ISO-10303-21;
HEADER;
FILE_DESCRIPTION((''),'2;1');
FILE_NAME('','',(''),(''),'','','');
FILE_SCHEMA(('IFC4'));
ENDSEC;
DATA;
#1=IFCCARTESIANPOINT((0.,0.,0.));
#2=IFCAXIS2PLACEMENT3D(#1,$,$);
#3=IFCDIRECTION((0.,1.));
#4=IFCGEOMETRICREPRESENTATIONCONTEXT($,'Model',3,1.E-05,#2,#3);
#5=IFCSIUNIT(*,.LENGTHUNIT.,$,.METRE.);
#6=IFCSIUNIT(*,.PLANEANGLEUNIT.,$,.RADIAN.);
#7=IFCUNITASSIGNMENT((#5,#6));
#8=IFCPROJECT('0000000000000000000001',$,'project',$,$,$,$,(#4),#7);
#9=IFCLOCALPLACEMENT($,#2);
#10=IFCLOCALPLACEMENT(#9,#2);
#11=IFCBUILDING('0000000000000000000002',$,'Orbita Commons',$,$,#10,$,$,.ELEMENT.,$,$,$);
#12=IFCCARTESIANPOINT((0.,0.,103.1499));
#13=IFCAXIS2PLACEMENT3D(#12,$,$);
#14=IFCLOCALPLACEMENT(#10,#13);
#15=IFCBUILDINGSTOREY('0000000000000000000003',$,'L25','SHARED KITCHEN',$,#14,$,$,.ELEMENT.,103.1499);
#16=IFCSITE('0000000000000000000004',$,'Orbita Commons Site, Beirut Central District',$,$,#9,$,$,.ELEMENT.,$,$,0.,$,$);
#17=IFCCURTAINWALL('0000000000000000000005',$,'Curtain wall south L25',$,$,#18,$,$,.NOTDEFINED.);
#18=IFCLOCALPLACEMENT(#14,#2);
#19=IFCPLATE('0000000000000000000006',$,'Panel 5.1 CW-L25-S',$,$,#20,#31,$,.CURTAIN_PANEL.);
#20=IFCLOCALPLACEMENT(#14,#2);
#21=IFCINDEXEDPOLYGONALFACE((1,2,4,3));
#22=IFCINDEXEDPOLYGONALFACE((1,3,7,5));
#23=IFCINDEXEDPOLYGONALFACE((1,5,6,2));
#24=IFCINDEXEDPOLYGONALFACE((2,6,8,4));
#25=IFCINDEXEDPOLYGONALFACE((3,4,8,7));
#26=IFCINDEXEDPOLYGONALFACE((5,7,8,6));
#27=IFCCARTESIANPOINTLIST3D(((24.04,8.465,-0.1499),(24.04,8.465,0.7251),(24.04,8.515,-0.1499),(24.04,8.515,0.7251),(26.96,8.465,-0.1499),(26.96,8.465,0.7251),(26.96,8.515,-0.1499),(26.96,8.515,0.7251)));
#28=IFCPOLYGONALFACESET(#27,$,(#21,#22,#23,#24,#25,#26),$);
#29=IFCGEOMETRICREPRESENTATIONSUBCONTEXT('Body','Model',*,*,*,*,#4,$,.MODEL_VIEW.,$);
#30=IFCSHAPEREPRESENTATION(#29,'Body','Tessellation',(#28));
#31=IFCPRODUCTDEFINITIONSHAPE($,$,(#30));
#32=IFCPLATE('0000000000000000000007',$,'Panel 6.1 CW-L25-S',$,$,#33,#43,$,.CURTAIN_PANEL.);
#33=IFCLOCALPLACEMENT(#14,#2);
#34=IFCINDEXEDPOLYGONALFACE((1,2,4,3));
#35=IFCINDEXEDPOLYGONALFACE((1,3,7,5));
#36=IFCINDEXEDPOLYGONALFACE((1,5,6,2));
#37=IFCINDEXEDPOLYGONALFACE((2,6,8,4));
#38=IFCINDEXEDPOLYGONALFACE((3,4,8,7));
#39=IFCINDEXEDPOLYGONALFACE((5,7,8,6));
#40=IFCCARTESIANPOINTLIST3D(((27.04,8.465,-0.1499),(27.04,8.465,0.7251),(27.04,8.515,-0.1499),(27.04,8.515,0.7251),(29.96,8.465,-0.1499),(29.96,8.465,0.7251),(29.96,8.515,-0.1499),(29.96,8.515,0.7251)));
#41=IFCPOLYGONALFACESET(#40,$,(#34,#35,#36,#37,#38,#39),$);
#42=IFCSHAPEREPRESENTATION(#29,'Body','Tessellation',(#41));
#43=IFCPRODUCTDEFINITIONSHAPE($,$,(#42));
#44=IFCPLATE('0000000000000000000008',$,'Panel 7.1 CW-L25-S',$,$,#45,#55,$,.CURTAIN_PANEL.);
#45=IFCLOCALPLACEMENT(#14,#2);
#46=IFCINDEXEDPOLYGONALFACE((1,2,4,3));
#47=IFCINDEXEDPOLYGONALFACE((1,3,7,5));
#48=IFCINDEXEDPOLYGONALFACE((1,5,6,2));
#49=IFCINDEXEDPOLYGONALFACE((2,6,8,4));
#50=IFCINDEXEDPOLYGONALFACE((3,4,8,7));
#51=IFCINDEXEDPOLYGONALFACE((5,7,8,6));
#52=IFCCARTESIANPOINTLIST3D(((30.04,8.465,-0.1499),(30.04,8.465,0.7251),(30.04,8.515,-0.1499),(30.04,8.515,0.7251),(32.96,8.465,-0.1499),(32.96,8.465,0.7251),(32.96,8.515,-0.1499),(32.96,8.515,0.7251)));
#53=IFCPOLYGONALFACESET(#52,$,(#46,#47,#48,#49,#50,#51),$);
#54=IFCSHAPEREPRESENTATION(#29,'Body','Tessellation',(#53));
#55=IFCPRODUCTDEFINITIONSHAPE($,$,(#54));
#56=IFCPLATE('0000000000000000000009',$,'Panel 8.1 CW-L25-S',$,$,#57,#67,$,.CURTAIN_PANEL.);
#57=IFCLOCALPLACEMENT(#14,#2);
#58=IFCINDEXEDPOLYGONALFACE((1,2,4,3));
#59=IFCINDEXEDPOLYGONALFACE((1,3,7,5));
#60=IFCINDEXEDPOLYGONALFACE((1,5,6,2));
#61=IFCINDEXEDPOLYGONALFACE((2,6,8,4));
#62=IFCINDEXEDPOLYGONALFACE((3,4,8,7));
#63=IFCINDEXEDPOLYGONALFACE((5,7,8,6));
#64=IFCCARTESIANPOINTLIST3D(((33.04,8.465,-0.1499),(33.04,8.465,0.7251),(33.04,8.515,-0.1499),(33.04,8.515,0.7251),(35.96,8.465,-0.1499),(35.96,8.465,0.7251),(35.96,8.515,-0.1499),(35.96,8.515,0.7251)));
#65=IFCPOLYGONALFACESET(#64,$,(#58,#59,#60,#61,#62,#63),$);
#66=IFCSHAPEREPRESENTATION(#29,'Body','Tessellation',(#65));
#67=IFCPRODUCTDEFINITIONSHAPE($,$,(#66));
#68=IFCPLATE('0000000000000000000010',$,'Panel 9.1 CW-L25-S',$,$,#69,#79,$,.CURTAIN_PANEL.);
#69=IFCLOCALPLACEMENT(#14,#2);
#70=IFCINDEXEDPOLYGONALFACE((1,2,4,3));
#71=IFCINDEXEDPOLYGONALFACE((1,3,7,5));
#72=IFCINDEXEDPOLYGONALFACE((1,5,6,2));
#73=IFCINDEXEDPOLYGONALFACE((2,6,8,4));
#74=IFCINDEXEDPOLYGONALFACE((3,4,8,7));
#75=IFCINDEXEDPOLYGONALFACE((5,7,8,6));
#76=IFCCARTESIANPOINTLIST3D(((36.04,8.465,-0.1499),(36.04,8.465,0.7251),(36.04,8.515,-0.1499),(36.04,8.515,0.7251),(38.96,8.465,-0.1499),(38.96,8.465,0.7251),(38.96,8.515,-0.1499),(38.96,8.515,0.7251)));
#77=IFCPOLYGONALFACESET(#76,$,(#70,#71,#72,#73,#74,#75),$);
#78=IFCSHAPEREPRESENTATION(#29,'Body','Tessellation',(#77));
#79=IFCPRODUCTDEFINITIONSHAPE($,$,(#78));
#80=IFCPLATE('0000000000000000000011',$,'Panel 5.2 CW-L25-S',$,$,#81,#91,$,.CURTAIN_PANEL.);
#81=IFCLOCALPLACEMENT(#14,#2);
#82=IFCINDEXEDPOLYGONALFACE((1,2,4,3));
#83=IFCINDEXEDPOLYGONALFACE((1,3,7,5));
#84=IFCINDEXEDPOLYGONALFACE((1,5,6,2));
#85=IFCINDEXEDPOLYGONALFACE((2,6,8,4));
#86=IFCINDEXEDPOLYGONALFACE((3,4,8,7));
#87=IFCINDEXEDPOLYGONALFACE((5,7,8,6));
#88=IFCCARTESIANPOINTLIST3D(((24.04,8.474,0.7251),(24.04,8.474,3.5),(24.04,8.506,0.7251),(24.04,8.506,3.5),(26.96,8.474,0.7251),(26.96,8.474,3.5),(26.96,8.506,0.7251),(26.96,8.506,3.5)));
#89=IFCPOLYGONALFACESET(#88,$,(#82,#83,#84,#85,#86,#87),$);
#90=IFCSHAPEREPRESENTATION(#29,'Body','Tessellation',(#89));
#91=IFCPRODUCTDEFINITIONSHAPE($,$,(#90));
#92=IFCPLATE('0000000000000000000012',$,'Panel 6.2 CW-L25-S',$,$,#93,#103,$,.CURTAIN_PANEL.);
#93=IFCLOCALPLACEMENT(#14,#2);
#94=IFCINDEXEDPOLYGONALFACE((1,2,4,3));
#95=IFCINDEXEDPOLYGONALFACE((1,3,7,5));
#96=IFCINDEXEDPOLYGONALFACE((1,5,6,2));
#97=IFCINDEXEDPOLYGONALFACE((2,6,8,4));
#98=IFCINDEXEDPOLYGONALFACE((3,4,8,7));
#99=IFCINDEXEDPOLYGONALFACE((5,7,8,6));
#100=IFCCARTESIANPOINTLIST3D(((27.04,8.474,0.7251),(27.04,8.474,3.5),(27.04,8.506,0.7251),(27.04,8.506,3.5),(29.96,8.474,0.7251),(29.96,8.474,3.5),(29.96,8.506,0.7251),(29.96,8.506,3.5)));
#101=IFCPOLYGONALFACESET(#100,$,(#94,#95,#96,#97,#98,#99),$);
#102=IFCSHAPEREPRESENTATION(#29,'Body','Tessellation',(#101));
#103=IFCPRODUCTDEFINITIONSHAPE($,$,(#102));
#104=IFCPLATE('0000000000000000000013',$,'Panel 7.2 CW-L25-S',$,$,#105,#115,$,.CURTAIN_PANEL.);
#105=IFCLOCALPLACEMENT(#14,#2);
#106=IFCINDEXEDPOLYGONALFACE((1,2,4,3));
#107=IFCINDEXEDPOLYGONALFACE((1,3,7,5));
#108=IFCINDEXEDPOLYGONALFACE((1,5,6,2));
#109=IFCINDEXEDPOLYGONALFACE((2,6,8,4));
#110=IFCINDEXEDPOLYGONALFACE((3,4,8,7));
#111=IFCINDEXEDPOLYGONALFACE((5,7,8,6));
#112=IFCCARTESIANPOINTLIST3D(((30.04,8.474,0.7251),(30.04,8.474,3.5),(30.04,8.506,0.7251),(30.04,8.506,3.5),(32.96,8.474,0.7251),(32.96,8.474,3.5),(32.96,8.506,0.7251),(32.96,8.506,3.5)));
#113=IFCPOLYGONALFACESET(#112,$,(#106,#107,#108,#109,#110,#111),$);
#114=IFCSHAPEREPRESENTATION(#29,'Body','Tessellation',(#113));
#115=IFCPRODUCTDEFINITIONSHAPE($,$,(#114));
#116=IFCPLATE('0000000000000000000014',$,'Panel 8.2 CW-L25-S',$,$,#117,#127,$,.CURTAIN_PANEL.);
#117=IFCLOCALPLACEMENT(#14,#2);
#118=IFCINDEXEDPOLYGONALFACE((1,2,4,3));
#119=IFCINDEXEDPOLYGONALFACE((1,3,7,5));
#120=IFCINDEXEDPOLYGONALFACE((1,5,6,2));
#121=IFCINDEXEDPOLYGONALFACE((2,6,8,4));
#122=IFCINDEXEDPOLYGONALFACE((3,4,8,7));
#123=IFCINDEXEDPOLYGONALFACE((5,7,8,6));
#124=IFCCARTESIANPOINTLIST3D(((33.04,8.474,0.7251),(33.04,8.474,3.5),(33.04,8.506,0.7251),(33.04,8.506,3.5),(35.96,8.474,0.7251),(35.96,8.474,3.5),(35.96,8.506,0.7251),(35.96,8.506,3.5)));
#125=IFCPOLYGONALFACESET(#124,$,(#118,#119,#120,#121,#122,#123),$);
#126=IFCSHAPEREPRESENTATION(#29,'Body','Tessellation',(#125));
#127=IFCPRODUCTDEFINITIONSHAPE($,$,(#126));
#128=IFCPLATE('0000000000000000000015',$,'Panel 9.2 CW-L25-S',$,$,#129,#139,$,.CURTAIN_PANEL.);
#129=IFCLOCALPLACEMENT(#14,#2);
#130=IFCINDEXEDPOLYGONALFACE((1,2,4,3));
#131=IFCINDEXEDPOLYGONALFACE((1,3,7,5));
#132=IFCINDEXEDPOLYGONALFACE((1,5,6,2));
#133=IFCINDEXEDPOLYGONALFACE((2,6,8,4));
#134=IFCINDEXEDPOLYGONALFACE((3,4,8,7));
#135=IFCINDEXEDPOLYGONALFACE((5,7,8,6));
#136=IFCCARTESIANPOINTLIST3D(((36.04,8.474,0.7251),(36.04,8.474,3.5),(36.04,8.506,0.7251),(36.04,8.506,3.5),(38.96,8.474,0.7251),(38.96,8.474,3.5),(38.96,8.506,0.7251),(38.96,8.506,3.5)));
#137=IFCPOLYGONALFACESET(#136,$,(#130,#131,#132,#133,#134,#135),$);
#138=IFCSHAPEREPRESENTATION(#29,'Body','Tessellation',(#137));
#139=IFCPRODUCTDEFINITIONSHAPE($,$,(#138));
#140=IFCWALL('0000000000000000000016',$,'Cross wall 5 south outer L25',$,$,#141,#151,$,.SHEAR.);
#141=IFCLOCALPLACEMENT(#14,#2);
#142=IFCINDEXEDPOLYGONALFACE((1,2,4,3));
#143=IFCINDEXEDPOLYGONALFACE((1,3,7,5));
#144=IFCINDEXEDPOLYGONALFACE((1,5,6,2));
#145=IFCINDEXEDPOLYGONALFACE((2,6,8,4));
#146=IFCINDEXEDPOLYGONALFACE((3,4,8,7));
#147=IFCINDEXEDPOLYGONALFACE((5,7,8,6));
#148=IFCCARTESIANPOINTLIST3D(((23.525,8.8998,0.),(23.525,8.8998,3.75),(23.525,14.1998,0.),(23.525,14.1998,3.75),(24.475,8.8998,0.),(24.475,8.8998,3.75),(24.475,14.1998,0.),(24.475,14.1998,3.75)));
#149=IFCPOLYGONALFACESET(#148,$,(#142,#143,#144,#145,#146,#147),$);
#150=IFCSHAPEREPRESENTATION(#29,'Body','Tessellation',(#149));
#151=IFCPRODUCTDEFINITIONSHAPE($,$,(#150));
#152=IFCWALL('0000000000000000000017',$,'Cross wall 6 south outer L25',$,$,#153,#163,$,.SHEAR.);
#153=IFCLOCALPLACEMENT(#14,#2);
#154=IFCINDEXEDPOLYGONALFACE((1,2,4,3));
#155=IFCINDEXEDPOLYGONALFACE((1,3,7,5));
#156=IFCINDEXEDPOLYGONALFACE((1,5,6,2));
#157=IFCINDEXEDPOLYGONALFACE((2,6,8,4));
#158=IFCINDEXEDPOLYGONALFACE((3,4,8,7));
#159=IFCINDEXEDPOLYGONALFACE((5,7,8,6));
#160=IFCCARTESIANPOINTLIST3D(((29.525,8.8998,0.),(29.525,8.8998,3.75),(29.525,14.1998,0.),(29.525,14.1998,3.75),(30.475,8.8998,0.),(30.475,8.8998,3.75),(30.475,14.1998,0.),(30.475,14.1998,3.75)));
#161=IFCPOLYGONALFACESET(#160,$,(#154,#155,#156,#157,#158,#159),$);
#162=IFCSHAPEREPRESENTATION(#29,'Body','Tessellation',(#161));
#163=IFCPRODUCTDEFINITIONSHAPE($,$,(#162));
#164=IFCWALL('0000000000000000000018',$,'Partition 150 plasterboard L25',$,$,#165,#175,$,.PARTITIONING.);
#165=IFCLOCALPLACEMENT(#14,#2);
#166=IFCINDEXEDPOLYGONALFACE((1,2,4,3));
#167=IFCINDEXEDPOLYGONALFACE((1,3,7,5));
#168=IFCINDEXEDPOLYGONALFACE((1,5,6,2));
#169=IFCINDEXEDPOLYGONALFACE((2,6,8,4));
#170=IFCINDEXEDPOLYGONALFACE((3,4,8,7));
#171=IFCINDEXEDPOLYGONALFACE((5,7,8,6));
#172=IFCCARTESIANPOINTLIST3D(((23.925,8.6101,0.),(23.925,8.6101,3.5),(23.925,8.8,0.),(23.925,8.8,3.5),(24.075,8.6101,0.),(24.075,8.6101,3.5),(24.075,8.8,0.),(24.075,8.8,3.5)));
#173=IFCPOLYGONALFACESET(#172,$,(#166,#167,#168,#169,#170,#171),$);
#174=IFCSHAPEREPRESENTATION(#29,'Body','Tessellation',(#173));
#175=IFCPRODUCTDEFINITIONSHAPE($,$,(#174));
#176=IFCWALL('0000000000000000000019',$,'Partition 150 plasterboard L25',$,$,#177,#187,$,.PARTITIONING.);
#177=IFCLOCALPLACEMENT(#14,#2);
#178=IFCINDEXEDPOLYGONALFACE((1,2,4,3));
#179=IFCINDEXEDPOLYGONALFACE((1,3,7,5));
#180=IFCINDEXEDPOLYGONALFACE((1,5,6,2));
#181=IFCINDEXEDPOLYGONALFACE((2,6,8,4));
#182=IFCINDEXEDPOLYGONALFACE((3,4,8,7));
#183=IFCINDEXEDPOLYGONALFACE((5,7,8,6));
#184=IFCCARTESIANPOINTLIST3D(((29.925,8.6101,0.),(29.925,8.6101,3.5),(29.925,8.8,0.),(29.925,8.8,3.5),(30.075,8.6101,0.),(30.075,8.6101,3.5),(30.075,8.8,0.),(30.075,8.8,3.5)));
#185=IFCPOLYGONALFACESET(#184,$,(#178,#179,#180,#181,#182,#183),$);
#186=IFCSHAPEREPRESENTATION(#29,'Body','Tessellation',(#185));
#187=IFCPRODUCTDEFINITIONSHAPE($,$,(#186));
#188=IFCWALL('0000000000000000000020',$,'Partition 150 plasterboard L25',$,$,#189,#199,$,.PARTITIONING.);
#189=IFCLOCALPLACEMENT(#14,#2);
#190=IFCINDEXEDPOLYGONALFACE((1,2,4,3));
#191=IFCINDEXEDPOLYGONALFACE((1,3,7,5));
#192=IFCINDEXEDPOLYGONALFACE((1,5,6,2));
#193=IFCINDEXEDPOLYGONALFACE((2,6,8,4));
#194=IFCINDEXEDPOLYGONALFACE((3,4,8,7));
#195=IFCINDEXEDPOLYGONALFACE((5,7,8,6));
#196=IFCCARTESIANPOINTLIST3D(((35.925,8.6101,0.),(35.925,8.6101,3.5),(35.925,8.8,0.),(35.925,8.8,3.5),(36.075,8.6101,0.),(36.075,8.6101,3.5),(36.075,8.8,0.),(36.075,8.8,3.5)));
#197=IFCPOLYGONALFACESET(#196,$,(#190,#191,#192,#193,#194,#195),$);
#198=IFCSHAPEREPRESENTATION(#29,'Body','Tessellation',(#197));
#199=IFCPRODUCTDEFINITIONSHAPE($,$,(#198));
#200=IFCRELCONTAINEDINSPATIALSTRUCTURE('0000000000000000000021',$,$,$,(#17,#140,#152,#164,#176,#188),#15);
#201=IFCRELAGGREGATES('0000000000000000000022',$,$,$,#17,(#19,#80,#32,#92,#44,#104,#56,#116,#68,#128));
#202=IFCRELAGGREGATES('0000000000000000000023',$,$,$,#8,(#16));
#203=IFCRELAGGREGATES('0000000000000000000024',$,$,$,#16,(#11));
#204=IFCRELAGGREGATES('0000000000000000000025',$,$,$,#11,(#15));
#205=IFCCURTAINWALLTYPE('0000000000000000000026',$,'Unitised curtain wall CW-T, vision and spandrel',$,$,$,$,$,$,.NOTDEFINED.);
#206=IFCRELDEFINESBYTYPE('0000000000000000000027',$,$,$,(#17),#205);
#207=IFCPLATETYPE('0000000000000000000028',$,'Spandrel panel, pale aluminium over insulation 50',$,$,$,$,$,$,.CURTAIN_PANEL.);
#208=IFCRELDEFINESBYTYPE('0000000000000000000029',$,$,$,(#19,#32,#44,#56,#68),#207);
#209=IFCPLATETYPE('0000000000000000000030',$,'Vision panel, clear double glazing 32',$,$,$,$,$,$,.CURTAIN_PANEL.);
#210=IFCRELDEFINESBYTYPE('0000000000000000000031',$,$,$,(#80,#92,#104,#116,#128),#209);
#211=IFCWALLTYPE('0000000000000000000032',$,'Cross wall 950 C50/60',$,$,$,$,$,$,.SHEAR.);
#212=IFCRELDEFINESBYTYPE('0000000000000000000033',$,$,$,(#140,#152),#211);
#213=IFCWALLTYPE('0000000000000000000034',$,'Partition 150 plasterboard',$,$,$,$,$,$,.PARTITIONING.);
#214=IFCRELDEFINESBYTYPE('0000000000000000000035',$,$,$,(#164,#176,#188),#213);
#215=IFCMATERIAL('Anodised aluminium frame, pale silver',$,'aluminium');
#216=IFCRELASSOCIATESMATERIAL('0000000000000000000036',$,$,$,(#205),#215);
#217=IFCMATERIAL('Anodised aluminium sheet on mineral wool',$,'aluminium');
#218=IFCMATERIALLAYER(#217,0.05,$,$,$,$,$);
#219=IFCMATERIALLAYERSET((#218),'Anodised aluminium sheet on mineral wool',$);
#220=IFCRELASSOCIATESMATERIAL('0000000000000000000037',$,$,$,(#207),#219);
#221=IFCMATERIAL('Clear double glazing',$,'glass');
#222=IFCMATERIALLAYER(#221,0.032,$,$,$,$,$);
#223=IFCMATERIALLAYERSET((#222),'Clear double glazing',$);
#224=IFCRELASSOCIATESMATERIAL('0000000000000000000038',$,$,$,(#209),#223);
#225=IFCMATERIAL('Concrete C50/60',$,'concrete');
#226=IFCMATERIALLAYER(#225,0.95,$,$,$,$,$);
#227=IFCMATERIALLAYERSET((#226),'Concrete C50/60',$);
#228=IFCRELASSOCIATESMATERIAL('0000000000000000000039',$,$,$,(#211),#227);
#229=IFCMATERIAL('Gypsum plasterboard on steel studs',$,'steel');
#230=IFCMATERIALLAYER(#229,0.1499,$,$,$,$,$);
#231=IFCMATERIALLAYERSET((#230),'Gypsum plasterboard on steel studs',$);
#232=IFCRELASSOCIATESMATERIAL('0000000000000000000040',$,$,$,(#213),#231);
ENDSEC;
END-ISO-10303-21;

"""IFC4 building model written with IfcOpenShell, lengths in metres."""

from ifc_helpers import new_model, si_unit, direction, frame, frame_2d, origin, origin_2d, place, context, subcontext, project, spatial, rectangle, extrude, material, layer, layer_set, type_object, element, aggregate, save


model = new_model("IFC4")

# Units and contexts
model_context = context("Model", 3, precision=1e-05, world=origin(), true_north=direction((0.0, 1.0)))
body_context = subcontext(model_context, "Body", "Model", "MODEL_VIEW")
ifc_project = project(units=[si_unit("LENGTHUNIT", "METRE"), si_unit("PLANEANGLEUNIT", "RADIAN")], contexts=[model_context])

# Site, building, storey
site_placement = place(None, origin())
site = spatial("IfcSite", under=ifc_project, at=site_placement, Name="Orbita Commons Site, Beirut Central District", CompositionType="ELEMENT", RefElevation=0.0)
building_placement = place(site_placement, origin())
building = spatial("IfcBuilding", under=site, at=building_placement, Name="Orbita Commons", CompositionType="ELEMENT")
storey_placement = place(building_placement, frame((0.0, 0.0, 103.1499)))
storey = spatial("IfcBuildingStorey", under=building, at=storey_placement, Name="L25", Description="SHARED KITCHEN", CompositionType="ELEMENT", Elevation=103.1499)

# Curtain wall, plates
ifc_material_1 = material(Name="Anodised aluminium frame, pale silver", Category="aluminium")
curtain_wall_type = type_object("IfcCurtainWallType", Name="Unitised curtain wall CW-T, vision and spandrel", PredefinedType="NOTDEFINED", material=ifc_material_1)
curtain_wall_placement = place(storey_placement, origin())
curtain_wall = element("IfcCurtainWall", 1, at=curtain_wall_placement, inside=storey, type_object=curtain_wall_type, Name="Curtain wall south L25", PredefinedType="NOTDEFINED")
ifc_material_2 = material(Name="Anodised aluminium sheet on mineral wool", Category="aluminium")
ifc_layer_1 = layer(ifc_material_2, 0.05)
ifc_layer_set_1 = layer_set([ifc_layer_1], Name="Anodised aluminium sheet on mineral wool")
plate_type_1 = type_object("IfcPlateType", Name="Spandrel panel, pale aluminium over insulation 50", PredefinedType="CURTAIN_PANEL", material=ifc_layer_set_1)
plate_1_placement = place(storey_placement, frame((25.5, 8.49, -0.1499), z_axis=(0.0, 0.0, 1.0), x_axis=(1.0, 0.0, 0.0)))
plate_1 = element("IfcPlate", 2, at=plate_1_placement, type_object=plate_type_1, Name="Panel 5.1 CW-L25-S", PredefinedType="CURTAIN_PANEL", context=body_context, shape_type="SweptSolid", body=[
    extrude(rectangle(XDim=2.9199, YDim=0.05, at=origin_2d()), origin(), (0.0, 0.0, 1.0), 0.875),
])
plate_2_placement = place(storey_placement, frame((28.5, 8.49, -0.1499), z_axis=(0.0, 0.0, 1.0), x_axis=(1.0, 0.0, 0.0)))
plate_2 = element("IfcPlate", 3, at=plate_2_placement, type_object=plate_type_1, Name="Panel 6.1 CW-L25-S", PredefinedType="CURTAIN_PANEL", context=body_context, shape_type="SweptSolid", body=[
    extrude(rectangle(XDim=2.9199, YDim=0.05, at=origin_2d()), origin(), (0.0, 0.0, 1.0), 0.875),
])
plate_3_placement = place(storey_placement, frame((31.5, 8.49, -0.1499), z_axis=(0.0, 0.0, 1.0), x_axis=(1.0, 0.0, 0.0)))
plate_3 = element("IfcPlate", 4, at=plate_3_placement, type_object=plate_type_1, Name="Panel 7.1 CW-L25-S", PredefinedType="CURTAIN_PANEL", context=body_context, shape_type="SweptSolid", body=[
    extrude(rectangle(XDim=2.9199, YDim=0.05, at=origin_2d()), origin(), (0.0, 0.0, 1.0), 0.875),
])
plate_4_placement = place(storey_placement, frame((34.5, 8.49, -0.1499), z_axis=(0.0, 0.0, 1.0), x_axis=(1.0, 0.0, 0.0)))
plate_4 = element("IfcPlate", 5, at=plate_4_placement, type_object=plate_type_1, Name="Panel 8.1 CW-L25-S", PredefinedType="CURTAIN_PANEL", context=body_context, shape_type="SweptSolid", body=[
    extrude(rectangle(XDim=2.9199, YDim=0.05, at=origin_2d()), origin(), (0.0, 0.0, 1.0), 0.875),
])
plate_5_placement = place(storey_placement, frame((37.5, 8.49, -0.1499), z_axis=(0.0, 0.0, 1.0), x_axis=(1.0, 0.0, 0.0)))
plate_5 = element("IfcPlate", 6, at=plate_5_placement, type_object=plate_type_1, Name="Panel 9.1 CW-L25-S", PredefinedType="CURTAIN_PANEL", context=body_context, shape_type="SweptSolid", body=[
    extrude(rectangle(XDim=2.9199, YDim=0.05, at=origin_2d()), origin(), (0.0, 0.0, 1.0), 0.875),
])
ifc_material_3 = material(Name="Clear double glazing", Category="glass")
ifc_layer_2 = layer(ifc_material_3, 0.032)
ifc_layer_set_2 = layer_set([ifc_layer_2], Name="Clear double glazing")
plate_type_2 = type_object("IfcPlateType", Name="Vision panel, clear double glazing 32", PredefinedType="CURTAIN_PANEL", material=ifc_layer_set_2)
plate_6_placement = place(storey_placement, frame((25.5, 8.49, 0.7251), z_axis=(0.0, 0.0, 1.0), x_axis=(1.0, 0.0, 0.0)))
plate_6 = element("IfcPlate", 7, at=plate_6_placement, type_object=plate_type_2, Name="Panel 5.2 CW-L25-S", PredefinedType="CURTAIN_PANEL", context=body_context, shape_type="SweptSolid", body=[
    extrude(rectangle(XDim=2.9199, YDim=0.032, at=origin_2d()), origin(), (0.0, 0.0, 1.0), 2.7749),
])
plate_7_placement = place(storey_placement, frame((28.5, 8.49, 0.7251), z_axis=(0.0, 0.0, 1.0), x_axis=(1.0, 0.0, 0.0)))
plate_7 = element("IfcPlate", 8, at=plate_7_placement, type_object=plate_type_2, Name="Panel 6.2 CW-L25-S", PredefinedType="CURTAIN_PANEL", context=body_context, shape_type="SweptSolid", body=[
    extrude(rectangle(XDim=2.9199, YDim=0.032, at=origin_2d()), origin(), (0.0, 0.0, 1.0), 2.7749),
])
plate_8_placement = place(storey_placement, frame((31.5, 8.49, 0.7251), z_axis=(0.0, 0.0, 1.0), x_axis=(1.0, 0.0, 0.0)))
plate_8 = element("IfcPlate", 9, at=plate_8_placement, type_object=plate_type_2, Name="Panel 7.2 CW-L25-S", PredefinedType="CURTAIN_PANEL", context=body_context, shape_type="SweptSolid", body=[
    extrude(rectangle(XDim=2.9199, YDim=0.032, at=origin_2d()), origin(), (0.0, 0.0, 1.0), 2.7749),
])
plate_9_placement = place(storey_placement, frame((34.5, 8.49, 0.7251), z_axis=(0.0, 0.0, 1.0), x_axis=(1.0, 0.0, 0.0)))
plate_9 = element("IfcPlate", 10, at=plate_9_placement, type_object=plate_type_2, Name="Panel 8.2 CW-L25-S", PredefinedType="CURTAIN_PANEL", context=body_context, shape_type="SweptSolid", body=[
    extrude(rectangle(XDim=2.9199, YDim=0.032, at=origin_2d()), origin(), (0.0, 0.0, 1.0), 2.7749),
])
plate_10_placement = place(storey_placement, frame((37.5, 8.49, 0.7251), z_axis=(0.0, 0.0, 1.0), x_axis=(1.0, 0.0, 0.0)))
plate_10 = element("IfcPlate", 11, at=plate_10_placement, type_object=plate_type_2, Name="Panel 9.2 CW-L25-S", PredefinedType="CURTAIN_PANEL", context=body_context, shape_type="SweptSolid", body=[
    extrude(rectangle(XDim=2.9199, YDim=0.032, at=origin_2d()), origin(), (0.0, 0.0, 1.0), 2.7749),
])
aggregate(curtain_wall, [plate_1, plate_6, plate_2, plate_7, plate_3, plate_8, plate_4, plate_9, plate_5, plate_10])

# Walls
ifc_material_4 = material(Name="Concrete C50/60", Category="concrete")
ifc_layer_3 = layer(ifc_material_4, 0.95)
ifc_layer_set_3 = layer_set([ifc_layer_3], Name="Concrete C50/60")
wall_type_1 = type_object("IfcWallType", Name="Cross wall 950 C50/60", PredefinedType="SHEAR", material=ifc_layer_set_3)
for number, where, z_axis, x_axis, name in (
    (12, (24.0, 8.8999, 0.0), (0.0, 0.0, 1.0), (0.0, 1.0, 0.0), "Cross wall 5 south outer L25"),
    (13, (30.0, 8.8999, 0.0), (0.0, 0.0, 1.0), (0.0, 1.0, 0.0), "Cross wall 6 south outer L25"),
):
    element("IfcWall", number, at=place(storey_placement, frame(where, z_axis=z_axis, x_axis=x_axis)), inside=storey, type_object=wall_type_1, Name=name, PredefinedType="SHEAR", context=body_context, shape_type="SweptSolid", body=[
        extrude(rectangle(XDim=5.3, YDim=0.95, at=frame_2d((2.6499, 0.0))), origin(), (0.0, 0.0, 1.0), 3.75),
    ])
ifc_material_5 = material(Name="Gypsum plasterboard on steel studs", Category="steel")
ifc_layer_4 = layer(ifc_material_5, 0.1499)
ifc_layer_set_4 = layer_set([ifc_layer_4], Name="Gypsum plasterboard on steel studs")
wall_type_2 = type_object("IfcWallType", Name="Partition 150 plasterboard", PredefinedType="PARTITIONING", material=ifc_layer_set_4)
for number, where, z_axis, x_axis, name in (
    (14, (24.0, 8.8, 0.0), (0.0, 0.0, 1.0), (0.0, -1.0, 0.0), "Partition 150 plasterboard L25"),
    (15, (30.0, 8.8, 0.0), (0.0, 0.0, 1.0), (0.0, -1.0, 0.0), "Partition 150 plasterboard L25"),
    (16, (36.0, 8.8, 0.0), (0.0, 0.0, 1.0), (0.0, -1.0, 0.0), "Partition 150 plasterboard L25"),
):
    element("IfcWall", number, at=place(storey_placement, frame(where, z_axis=z_axis, x_axis=x_axis)), inside=storey, type_object=wall_type_2, Name=name, PredefinedType="PARTITIONING", context=body_context, shape_type="SweptSolid", body=[
        extrude(rectangle(XDim=0.1899, YDim=0.1499, at=frame_2d((0.095, 0.0))), origin(), (0.0, 0.0, 1.0), 3.5),
    ])

save(model, "model.ifc")
